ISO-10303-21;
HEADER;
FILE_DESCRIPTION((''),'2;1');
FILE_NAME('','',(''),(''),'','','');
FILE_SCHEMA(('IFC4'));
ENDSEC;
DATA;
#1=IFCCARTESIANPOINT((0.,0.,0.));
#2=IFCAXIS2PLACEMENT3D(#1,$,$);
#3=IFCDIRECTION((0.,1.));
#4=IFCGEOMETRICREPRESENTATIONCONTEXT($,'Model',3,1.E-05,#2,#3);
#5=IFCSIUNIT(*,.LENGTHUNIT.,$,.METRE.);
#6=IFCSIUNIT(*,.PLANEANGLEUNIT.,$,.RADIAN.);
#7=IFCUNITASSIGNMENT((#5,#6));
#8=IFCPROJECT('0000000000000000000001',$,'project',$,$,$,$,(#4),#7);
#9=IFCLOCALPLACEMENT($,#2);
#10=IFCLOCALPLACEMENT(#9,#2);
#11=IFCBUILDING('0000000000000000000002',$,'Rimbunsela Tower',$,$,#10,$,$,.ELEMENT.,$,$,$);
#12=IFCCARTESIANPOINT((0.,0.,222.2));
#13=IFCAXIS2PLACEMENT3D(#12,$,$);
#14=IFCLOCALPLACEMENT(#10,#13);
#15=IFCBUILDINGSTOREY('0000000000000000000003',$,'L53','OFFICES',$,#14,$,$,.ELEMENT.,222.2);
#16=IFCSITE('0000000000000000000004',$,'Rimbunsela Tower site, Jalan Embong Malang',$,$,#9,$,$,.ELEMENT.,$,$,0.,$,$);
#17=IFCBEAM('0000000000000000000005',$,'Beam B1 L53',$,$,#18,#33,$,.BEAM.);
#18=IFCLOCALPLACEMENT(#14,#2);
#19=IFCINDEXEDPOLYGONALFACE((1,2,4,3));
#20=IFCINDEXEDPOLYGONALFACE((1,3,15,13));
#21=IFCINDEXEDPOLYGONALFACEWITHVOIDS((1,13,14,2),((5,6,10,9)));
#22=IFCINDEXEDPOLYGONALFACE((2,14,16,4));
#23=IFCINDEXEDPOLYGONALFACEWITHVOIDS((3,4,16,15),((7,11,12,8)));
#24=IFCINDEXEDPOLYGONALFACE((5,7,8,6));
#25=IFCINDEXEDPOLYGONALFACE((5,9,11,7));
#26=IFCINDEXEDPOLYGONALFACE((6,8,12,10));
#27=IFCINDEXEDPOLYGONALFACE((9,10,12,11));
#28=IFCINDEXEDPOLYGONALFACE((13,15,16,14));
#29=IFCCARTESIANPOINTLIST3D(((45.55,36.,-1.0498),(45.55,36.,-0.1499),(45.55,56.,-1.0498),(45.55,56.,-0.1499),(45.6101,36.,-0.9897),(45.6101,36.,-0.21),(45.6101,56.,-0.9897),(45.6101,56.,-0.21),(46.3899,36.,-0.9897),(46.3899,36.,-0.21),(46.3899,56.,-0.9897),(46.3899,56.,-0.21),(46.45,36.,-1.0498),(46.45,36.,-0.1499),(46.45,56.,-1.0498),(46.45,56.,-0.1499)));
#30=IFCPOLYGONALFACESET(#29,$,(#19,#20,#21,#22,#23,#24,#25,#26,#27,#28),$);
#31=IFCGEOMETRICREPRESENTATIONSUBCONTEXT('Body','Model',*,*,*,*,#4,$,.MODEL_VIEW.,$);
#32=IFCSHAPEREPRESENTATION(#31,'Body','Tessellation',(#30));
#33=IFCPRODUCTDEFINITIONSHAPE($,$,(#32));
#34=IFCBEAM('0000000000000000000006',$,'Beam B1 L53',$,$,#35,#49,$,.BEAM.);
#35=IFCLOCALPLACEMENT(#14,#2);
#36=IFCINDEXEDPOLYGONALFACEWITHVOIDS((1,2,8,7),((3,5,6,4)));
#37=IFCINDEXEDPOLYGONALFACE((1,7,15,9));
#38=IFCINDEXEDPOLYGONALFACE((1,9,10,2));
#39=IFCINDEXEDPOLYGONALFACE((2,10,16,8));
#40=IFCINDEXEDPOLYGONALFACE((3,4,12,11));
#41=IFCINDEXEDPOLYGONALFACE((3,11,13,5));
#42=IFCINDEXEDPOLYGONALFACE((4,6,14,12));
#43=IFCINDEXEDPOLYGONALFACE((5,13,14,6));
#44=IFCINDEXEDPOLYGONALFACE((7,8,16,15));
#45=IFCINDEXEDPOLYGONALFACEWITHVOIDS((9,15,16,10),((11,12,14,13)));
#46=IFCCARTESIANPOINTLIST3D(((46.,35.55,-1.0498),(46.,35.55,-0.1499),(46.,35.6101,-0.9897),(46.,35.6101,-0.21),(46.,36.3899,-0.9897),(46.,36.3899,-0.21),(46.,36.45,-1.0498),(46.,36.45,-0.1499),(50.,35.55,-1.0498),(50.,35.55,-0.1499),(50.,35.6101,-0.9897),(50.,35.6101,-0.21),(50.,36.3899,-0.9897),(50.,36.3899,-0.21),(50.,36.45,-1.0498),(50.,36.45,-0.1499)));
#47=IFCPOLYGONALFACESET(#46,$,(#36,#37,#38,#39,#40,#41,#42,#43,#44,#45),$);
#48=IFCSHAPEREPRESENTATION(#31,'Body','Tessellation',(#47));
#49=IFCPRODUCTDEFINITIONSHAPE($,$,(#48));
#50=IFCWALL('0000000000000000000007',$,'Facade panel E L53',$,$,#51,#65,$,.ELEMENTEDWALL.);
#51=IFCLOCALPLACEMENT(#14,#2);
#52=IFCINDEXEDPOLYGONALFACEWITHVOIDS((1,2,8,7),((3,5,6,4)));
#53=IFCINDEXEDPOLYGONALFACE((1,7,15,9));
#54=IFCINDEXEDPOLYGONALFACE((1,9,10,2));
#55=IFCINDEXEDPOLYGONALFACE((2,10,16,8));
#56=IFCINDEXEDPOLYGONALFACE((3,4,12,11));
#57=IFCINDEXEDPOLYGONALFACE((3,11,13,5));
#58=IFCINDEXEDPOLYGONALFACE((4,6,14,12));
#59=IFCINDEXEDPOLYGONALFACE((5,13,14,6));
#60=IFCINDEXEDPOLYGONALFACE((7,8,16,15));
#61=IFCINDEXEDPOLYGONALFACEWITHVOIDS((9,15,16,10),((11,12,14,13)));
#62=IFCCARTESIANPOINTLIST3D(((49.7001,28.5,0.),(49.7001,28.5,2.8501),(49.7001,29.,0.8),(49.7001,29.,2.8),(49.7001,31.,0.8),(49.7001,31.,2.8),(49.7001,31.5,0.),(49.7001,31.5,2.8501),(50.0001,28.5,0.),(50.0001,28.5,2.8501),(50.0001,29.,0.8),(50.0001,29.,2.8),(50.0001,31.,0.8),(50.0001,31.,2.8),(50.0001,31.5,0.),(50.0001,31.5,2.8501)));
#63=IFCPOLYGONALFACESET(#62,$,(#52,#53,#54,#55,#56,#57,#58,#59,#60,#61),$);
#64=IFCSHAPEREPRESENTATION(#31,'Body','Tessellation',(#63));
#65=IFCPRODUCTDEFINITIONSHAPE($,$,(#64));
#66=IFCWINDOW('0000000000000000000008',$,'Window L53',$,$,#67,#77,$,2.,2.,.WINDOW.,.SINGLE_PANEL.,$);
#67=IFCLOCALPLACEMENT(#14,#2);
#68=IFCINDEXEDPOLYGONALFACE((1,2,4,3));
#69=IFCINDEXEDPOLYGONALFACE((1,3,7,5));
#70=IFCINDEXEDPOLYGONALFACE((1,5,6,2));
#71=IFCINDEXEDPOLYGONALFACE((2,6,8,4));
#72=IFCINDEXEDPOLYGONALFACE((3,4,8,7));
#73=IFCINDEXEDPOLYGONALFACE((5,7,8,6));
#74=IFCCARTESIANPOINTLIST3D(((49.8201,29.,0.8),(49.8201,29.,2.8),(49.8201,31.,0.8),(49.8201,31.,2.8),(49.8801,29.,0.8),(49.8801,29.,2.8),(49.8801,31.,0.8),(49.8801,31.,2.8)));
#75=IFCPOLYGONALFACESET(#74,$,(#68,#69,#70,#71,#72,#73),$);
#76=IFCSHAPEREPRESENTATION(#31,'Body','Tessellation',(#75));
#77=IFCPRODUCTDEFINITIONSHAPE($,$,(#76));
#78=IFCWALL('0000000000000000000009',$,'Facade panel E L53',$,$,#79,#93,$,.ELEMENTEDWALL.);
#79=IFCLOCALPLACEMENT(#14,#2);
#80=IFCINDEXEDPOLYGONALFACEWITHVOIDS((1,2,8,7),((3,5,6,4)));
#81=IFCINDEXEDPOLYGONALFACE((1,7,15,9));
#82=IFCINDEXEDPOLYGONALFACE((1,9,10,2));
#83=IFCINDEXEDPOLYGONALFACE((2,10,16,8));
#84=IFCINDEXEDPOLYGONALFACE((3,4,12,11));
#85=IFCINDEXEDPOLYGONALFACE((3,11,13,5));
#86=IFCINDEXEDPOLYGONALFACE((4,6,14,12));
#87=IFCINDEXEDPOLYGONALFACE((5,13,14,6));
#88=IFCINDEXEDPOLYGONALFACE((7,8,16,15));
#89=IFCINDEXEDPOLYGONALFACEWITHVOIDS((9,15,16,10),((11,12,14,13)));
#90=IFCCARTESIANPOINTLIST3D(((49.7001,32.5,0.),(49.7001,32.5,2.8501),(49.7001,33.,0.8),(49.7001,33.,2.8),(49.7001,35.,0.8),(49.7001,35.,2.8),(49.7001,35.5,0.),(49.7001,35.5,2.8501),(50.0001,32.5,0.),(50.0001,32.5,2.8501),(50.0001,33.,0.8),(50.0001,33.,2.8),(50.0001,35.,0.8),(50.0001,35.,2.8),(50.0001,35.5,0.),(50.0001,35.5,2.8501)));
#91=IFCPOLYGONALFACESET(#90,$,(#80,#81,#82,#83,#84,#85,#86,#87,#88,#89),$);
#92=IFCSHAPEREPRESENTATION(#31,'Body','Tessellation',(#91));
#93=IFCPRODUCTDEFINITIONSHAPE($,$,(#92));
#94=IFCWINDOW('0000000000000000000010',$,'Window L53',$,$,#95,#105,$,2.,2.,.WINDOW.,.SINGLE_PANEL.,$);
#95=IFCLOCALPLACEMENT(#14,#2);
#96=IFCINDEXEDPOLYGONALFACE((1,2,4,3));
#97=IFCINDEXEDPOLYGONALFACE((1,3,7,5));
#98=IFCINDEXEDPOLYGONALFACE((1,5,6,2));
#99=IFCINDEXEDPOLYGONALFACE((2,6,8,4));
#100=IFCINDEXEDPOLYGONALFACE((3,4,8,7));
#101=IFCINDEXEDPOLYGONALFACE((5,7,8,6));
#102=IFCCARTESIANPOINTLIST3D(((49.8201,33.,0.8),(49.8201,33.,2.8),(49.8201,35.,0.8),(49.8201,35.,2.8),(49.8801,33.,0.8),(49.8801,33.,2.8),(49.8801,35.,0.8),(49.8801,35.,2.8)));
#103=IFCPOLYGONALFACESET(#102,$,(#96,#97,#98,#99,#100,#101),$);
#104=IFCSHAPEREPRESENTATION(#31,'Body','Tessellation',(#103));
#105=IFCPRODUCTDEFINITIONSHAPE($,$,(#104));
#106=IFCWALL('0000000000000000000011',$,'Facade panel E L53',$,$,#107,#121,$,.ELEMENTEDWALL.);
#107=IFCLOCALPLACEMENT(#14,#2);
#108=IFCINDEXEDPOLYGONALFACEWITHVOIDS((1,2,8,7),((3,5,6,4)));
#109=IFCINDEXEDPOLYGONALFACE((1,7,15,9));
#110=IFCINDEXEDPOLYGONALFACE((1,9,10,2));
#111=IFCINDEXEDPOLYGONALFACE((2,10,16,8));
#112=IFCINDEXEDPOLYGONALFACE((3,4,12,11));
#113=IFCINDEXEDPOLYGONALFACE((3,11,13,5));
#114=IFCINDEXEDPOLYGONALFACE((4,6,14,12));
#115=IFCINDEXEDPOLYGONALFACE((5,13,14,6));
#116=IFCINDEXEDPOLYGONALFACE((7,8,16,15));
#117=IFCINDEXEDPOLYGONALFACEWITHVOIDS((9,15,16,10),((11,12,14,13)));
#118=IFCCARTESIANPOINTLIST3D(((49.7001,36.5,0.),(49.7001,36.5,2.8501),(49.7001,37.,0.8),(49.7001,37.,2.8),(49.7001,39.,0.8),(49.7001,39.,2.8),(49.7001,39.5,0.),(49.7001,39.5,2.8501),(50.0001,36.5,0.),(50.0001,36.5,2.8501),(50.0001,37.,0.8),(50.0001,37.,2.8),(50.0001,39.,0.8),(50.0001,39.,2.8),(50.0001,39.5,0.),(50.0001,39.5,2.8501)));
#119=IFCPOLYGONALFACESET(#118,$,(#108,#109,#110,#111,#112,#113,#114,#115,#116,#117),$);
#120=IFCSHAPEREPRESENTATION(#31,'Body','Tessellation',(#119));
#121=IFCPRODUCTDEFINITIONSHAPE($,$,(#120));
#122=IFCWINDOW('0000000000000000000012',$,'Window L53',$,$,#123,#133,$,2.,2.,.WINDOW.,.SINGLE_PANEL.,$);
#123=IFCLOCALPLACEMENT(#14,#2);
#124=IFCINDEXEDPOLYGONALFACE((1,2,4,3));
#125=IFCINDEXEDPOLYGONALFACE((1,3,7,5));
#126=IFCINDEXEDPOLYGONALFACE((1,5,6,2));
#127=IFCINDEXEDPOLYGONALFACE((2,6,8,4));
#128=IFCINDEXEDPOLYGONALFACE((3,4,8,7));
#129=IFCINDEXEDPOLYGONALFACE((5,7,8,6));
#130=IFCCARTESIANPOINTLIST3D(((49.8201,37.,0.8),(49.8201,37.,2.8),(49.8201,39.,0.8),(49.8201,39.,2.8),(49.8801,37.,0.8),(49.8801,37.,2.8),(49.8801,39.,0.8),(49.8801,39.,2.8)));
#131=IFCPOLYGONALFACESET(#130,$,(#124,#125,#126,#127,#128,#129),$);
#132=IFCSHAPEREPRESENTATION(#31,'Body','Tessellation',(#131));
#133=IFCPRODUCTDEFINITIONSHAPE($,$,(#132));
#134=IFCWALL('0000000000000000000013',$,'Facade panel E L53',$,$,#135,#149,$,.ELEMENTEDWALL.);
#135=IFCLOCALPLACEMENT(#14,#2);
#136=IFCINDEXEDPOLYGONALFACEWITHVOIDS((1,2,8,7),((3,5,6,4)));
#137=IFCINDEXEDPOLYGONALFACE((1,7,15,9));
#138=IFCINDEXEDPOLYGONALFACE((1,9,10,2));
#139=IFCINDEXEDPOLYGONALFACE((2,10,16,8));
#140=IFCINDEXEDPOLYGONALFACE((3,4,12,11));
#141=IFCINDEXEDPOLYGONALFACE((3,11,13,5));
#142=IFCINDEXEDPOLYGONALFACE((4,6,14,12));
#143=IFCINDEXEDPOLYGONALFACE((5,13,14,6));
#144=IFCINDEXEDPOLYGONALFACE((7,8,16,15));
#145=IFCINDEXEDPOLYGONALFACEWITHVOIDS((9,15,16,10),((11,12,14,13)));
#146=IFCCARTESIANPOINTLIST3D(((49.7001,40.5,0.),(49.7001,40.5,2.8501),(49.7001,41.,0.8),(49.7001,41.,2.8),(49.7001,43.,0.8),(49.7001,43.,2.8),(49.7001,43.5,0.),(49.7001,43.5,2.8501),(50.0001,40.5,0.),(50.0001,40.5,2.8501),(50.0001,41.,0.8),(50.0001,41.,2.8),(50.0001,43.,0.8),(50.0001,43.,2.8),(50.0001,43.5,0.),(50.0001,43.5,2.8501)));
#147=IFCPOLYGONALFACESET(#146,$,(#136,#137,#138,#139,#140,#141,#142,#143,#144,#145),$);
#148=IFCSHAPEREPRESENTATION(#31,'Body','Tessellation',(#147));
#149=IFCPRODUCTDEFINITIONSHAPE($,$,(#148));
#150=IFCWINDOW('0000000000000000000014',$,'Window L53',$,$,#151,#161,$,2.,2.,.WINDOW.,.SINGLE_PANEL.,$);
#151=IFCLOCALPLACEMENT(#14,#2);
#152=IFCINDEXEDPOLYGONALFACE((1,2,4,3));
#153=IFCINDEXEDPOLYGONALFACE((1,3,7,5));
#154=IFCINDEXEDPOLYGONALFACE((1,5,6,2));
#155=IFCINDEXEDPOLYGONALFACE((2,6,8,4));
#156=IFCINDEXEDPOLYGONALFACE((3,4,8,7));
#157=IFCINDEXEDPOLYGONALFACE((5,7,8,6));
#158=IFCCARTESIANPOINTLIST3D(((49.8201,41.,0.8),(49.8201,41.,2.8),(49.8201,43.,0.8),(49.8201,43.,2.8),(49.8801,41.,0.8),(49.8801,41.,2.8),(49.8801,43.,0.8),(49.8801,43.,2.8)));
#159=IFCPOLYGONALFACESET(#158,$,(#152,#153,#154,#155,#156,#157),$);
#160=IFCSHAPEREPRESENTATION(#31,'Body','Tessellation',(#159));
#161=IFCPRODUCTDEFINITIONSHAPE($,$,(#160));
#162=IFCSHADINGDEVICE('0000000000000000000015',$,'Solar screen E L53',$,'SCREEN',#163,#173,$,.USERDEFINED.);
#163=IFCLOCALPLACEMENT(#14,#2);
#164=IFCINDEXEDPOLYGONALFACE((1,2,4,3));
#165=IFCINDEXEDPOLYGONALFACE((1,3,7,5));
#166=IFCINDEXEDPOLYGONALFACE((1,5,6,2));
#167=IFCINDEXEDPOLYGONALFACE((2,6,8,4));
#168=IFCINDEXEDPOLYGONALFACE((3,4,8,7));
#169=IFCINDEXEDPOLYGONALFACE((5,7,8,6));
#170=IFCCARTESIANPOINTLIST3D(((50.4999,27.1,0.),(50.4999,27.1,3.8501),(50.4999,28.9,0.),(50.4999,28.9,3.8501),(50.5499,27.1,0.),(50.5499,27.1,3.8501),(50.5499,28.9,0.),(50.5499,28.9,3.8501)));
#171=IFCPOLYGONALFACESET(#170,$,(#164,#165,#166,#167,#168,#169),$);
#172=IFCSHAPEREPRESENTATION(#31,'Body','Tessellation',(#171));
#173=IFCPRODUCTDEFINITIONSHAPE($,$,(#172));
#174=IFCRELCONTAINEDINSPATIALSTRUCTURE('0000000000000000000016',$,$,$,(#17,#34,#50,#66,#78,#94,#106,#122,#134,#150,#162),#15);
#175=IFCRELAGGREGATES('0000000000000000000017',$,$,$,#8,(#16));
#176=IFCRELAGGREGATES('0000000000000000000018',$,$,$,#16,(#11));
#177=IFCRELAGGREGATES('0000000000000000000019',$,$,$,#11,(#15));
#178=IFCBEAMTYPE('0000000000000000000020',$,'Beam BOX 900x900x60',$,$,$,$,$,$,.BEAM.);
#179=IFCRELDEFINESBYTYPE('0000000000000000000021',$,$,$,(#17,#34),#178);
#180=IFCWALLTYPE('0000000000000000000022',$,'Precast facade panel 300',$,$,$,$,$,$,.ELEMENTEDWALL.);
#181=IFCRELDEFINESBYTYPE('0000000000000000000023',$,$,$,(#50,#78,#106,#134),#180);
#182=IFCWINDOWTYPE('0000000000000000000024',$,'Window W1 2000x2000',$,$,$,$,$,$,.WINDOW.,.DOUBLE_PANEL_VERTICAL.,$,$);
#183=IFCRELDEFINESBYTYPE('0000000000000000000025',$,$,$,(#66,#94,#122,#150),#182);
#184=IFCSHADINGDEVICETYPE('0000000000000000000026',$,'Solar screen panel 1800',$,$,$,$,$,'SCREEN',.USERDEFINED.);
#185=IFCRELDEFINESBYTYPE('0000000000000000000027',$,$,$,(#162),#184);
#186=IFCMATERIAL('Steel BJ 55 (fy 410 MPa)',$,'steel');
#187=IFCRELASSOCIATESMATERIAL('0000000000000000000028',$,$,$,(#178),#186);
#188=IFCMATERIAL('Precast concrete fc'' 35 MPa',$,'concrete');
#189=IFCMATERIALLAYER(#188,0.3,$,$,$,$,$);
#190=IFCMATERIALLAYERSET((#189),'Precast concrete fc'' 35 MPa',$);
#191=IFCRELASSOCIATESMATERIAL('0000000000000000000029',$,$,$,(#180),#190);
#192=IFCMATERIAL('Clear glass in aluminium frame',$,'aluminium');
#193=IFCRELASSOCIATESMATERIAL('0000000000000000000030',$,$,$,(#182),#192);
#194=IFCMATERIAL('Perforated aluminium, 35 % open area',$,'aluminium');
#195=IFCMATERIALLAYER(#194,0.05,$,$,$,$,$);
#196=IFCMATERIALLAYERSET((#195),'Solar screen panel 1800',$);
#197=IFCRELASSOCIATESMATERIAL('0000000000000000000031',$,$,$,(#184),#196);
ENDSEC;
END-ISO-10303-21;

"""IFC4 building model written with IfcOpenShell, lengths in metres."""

from ifc_helpers import new_model, si_unit, direction, frame, frame_2d, origin, origin_2d, place, context, subcontext, project, spatial, rectangle, hollow_rectangle, extrude, material, layer, layer_set, material_profile, profile_set, type_object, element, fill, save


model = new_model("IFC4")

# Units and contexts
model_context = context("Model", 3, precision=1e-05, world=origin(), true_north=direction((0.0, 1.0)))
body_context = subcontext(model_context, "Body", "Model", "MODEL_VIEW")
ifc_project = project(units=[si_unit("LENGTHUNIT", "METRE"), si_unit("PLANEANGLEUNIT", "RADIAN")], contexts=[model_context])

# Site, building, storey
site_placement = place(None, origin())
site = spatial("IfcSite", under=ifc_project, at=site_placement, Name="Rimbunsela Tower site, Jalan Embong Malang", CompositionType="ELEMENT", RefElevation=0.0)
building_placement = place(site_placement, origin())
building = spatial("IfcBuilding", under=site, at=building_placement, Name="Rimbunsela Tower", CompositionType="ELEMENT")
storey_placement = place(building_placement, frame((0.0, 0.0, 222.2)))
storey = spatial("IfcBuildingStorey", under=building, at=storey_placement, Name="L53", Description="OFFICES", CompositionType="ELEMENT", Elevation=222.2)

# Beams
ifc_material_1 = material(Name="Steel BJ 55 (fy 410 MPa)", Category="steel")
ifc_material_profile_1 = material_profile(ifc_material_1, hollow_rectangle(XDim=0.8999, YDim=0.8999, WallThickness=0.0601, at=origin_2d()), Name="BOX 900x900x60")
ifc_profile_set_1 = profile_set([ifc_material_profile_1], Name="Steel BJ 55 (fy 410 MPa)")
beam_type_1 = type_object("IfcBeamType", Name="Beam BOX 900x900x60", PredefinedType="BEAM", material=ifc_profile_set_1)
beam_1_placement = place(storey_placement, frame((46.0, 36.0, -0.5999), z_axis=(0.0, 1.0, 0.0), x_axis=(-1.0, 0.0, 0.0)))
element("IfcBeam", 1, at=beam_1_placement, inside=storey, type_object=beam_type_1, Name="Beam B1 L53", PredefinedType="BEAM", context=body_context, shape_type="SweptSolid", body=[
    extrude(hollow_rectangle(XDim=0.8999, YDim=0.8999, WallThickness=0.0601, at=origin_2d()), origin(), (0.0, 0.0, 1.0), 20.0),
])
beam_2_placement = place(storey_placement, frame((46.0, 36.0, -0.5999), z_axis=(1.0, 0.0, 0.0), x_axis=(0.0, 1.0, 0.0)))
element("IfcBeam", 2, at=beam_2_placement, inside=storey, type_object=beam_type_1, Name="Beam B1 L53", PredefinedType="BEAM", context=body_context, shape_type="SweptSolid", body=[
    extrude(hollow_rectangle(XDim=0.8999, YDim=0.8999, WallThickness=0.0601, at=origin_2d()), origin(), (0.0, 0.0, 1.0), 4.0),
])

# Walls, openings, windows
ifc_material_2 = material(Name="Precast concrete fc' 35 MPa", Category="concrete")
ifc_layer_1 = layer(ifc_material_2, 0.3)
ifc_layer_set_1 = layer_set([ifc_layer_1], Name="Precast concrete fc' 35 MPa")
wall_type = type_object("IfcWallType", Name="Precast facade panel 300", PredefinedType="ELEMENTEDWALL", material=ifc_layer_set_1)
wall_1_placement = place(storey_placement, frame((49.8501, 28.5, 0.0), z_axis=(0.0, 0.0, 1.0), x_axis=(0.0, 1.0, 0.0)))
wall_1 = element("IfcWall", 3, at=wall_1_placement, inside=storey, type_object=wall_type, Name="Facade panel E L53", PredefinedType="ELEMENTEDWALL", context=body_context, shape_type="SweptSolid", body=[
    extrude(rectangle(XDim=3.0, YDim=0.3, at=frame_2d((1.5, 0.0))), origin(), (0.0, 0.0, 1.0), 2.8501),
])
opening_1_placement = place(wall_1_placement, frame((0.5, 0.0, 0.8)))
opening_1 = element("IfcOpeningElement", 4, at=opening_1_placement, cuts=wall_1, PredefinedType="OPENING", context=body_context, shape_type="SweptSolid", body=[
    extrude(rectangle(XDim=2.0, YDim=2.0, at=frame_2d((1.0, 1.0))), frame((0.0, 0.1599, 0.0), z_axis=(0.0, -1.0, 0.0), x_axis=(1.0, 0.0, 0.0)), (0.0, 0.0, 1.0), 0.3201),
])
ifc_material_3 = material(Name="Clear glass in aluminium frame", Category="aluminium")
window_type = type_object("IfcWindowType", Name="Window W1 2000x2000", PartitioningType="DOUBLE_PANEL_VERTICAL", PredefinedType="WINDOW", material=ifc_material_3)
window_1_placement = place(opening_1_placement, origin())
window_1 = element("IfcWindow", 5, at=window_1_placement, inside=storey, type_object=window_type, Name="Window L53", OverallHeight=2.0, OverallWidth=2.0, PartitioningType="SINGLE_PANEL", PredefinedType="WINDOW", context=body_context, shape_type="SweptSolid", body=[
    extrude(rectangle(XDim=2.0, YDim=2.0, at=frame_2d((1.0, 1.0))), frame((0.0, 0.03, 0.0), z_axis=(0.0, -1.0, 0.0), x_axis=(1.0, 0.0, 0.0)), (0.0, 0.0, 1.0), 0.0601),
])
fill(opening_1, window_1)
wall_2_placement = place(storey_placement, frame((49.8501, 32.5, 0.0), z_axis=(0.0, 0.0, 1.0), x_axis=(0.0, 1.0, 0.0)))
wall_2 = element("IfcWall", 6, at=wall_2_placement, inside=storey, type_object=wall_type, Name="Facade panel E L53", PredefinedType="ELEMENTEDWALL", context=body_context, shape_type="SweptSolid", body=[
    extrude(rectangle(XDim=3.0, YDim=0.3, at=frame_2d((1.5, 0.0))), origin(), (0.0, 0.0, 1.0), 2.8501),
])
opening_2_placement = place(wall_2_placement, frame((0.5, 0.0, 0.8)))
opening_2 = element("IfcOpeningElement", 7, at=opening_2_placement, cuts=wall_2, PredefinedType="OPENING", context=body_context, shape_type="SweptSolid", body=[
    extrude(rectangle(XDim=2.0, YDim=2.0, at=frame_2d((1.0, 1.0))), frame((0.0, 0.1599, 0.0), z_axis=(0.0, -1.0, 0.0), x_axis=(1.0, 0.0, 0.0)), (0.0, 0.0, 1.0), 0.3201),
])
window_2_placement = place(opening_2_placement, origin())
window_2 = element("IfcWindow", 8, at=window_2_placement, inside=storey, type_object=window_type, Name="Window L53", OverallHeight=2.0, OverallWidth=2.0, PartitioningType="SINGLE_PANEL", PredefinedType="WINDOW", context=body_context, shape_type="SweptSolid", body=[
    extrude(rectangle(XDim=2.0, YDim=2.0, at=frame_2d((1.0, 1.0))), frame((0.0, 0.03, 0.0), z_axis=(0.0, -1.0, 0.0), x_axis=(1.0, 0.0, 0.0)), (0.0, 0.0, 1.0), 0.0601),
])
fill(opening_2, window_2)
wall_3_placement = place(storey_placement, frame((49.8501, 36.5, 0.0), z_axis=(0.0, 0.0, 1.0), x_axis=(0.0, 1.0, 0.0)))
wall_3 = element("IfcWall", 9, at=wall_3_placement, inside=storey, type_object=wall_type, Name="Facade panel E L53", PredefinedType="ELEMENTEDWALL", context=body_context, shape_type="SweptSolid", body=[
    extrude(rectangle(XDim=3.0, YDim=0.3, at=frame_2d((1.5, 0.0))), origin(), (0.0, 0.0, 1.0), 2.8501),
])
opening_3_placement = place(wall_3_placement, frame((0.5, 0.0, 0.8)))
opening_3 = element("IfcOpeningElement", 10, at=opening_3_placement, cuts=wall_3, PredefinedType="OPENING", context=body_context, shape_type="SweptSolid", body=[
    extrude(rectangle(XDim=2.0, YDim=2.0, at=frame_2d((1.0, 1.0))), frame((0.0, 0.1599, 0.0), z_axis=(0.0, -1.0, 0.0), x_axis=(1.0, 0.0, 0.0)), (0.0, 0.0, 1.0), 0.3201),
])
window_3_placement = place(opening_3_placement, origin())
window_3 = element("IfcWindow", 11, at=window_3_placement, inside=storey, type_object=window_type, Name="Window L53", OverallHeight=2.0, OverallWidth=2.0, PartitioningType="SINGLE_PANEL", PredefinedType="WINDOW", context=body_context, shape_type="SweptSolid", body=[
    extrude(rectangle(XDim=2.0, YDim=2.0, at=frame_2d((1.0, 1.0))), frame((0.0, 0.03, 0.0), z_axis=(0.0, -1.0, 0.0), x_axis=(1.0, 0.0, 0.0)), (0.0, 0.0, 1.0), 0.0601),
])
fill(opening_3, window_3)
wall_4_placement = place(storey_placement, frame((49.8501, 40.5, 0.0), z_axis=(0.0, 0.0, 1.0), x_axis=(0.0, 1.0, 0.0)))
wall_4 = element("IfcWall", 12, at=wall_4_placement, inside=storey, type_object=wall_type, Name="Facade panel E L53", PredefinedType="ELEMENTEDWALL", context=body_context, shape_type="SweptSolid", body=[
    extrude(rectangle(XDim=3.0, YDim=0.3, at=frame_2d((1.5, 0.0))), origin(), (0.0, 0.0, 1.0), 2.8501),
])
opening_4_placement = place(wall_4_placement, frame((0.5, 0.0, 0.8)))
opening_4 = element("IfcOpeningElement", 13, at=opening_4_placement, cuts=wall_4, PredefinedType="OPENING", context=body_context, shape_type="SweptSolid", body=[
    extrude(rectangle(XDim=2.0, YDim=2.0, at=frame_2d((1.0, 1.0))), frame((0.0, 0.1599, 0.0), z_axis=(0.0, -1.0, 0.0), x_axis=(1.0, 0.0, 0.0)), (0.0, 0.0, 1.0), 0.3201),
])
window_4_placement = place(opening_4_placement, origin())
window_4 = element("IfcWindow", 14, at=window_4_placement, inside=storey, type_object=window_type, Name="Window L53", OverallHeight=2.0, OverallWidth=2.0, PartitioningType="SINGLE_PANEL", PredefinedType="WINDOW", context=body_context, shape_type="SweptSolid", body=[
    extrude(rectangle(XDim=2.0, YDim=2.0, at=frame_2d((1.0, 1.0))), frame((0.0, 0.03, 0.0), z_axis=(0.0, -1.0, 0.0), x_axis=(1.0, 0.0, 0.0)), (0.0, 0.0, 1.0), 0.0601),
])
fill(opening_4, window_4)

# Shading device
ifc_material_4 = material(Name="Perforated aluminium, 35 % open area", Category="aluminium")
ifc_layer_2 = layer(ifc_material_4, 0.05)
ifc_layer_set_2 = layer_set([ifc_layer_2], Name="Solar screen panel 1800")
shading_device_type = type_object("IfcShadingDeviceType", Name="Solar screen panel 1800", ElementType="SCREEN", PredefinedType="USERDEFINED", material=ifc_layer_set_2)
for number, where, z_axis, x_axis, name in (
    (15, (50.5249, 28.0, 0.0), (0.0, 0.0, 1.0), (0.0, 1.0, 0.0), "Solar screen E L53"),
):
    element("IfcShadingDevice", number, at=place(storey_placement, frame(where, z_axis=z_axis, x_axis=x_axis)), inside=storey, type_object=shading_device_type, Name=name, ObjectType="SCREEN", PredefinedType="USERDEFINED", context=body_context, shape_type="SweptSolid", body=[
        extrude(rectangle(XDim=1.8, YDim=0.05, at=origin_2d()), origin(), (0.0, 0.0, 1.0), 3.8501),
    ])

save(model, "model.ifc")
